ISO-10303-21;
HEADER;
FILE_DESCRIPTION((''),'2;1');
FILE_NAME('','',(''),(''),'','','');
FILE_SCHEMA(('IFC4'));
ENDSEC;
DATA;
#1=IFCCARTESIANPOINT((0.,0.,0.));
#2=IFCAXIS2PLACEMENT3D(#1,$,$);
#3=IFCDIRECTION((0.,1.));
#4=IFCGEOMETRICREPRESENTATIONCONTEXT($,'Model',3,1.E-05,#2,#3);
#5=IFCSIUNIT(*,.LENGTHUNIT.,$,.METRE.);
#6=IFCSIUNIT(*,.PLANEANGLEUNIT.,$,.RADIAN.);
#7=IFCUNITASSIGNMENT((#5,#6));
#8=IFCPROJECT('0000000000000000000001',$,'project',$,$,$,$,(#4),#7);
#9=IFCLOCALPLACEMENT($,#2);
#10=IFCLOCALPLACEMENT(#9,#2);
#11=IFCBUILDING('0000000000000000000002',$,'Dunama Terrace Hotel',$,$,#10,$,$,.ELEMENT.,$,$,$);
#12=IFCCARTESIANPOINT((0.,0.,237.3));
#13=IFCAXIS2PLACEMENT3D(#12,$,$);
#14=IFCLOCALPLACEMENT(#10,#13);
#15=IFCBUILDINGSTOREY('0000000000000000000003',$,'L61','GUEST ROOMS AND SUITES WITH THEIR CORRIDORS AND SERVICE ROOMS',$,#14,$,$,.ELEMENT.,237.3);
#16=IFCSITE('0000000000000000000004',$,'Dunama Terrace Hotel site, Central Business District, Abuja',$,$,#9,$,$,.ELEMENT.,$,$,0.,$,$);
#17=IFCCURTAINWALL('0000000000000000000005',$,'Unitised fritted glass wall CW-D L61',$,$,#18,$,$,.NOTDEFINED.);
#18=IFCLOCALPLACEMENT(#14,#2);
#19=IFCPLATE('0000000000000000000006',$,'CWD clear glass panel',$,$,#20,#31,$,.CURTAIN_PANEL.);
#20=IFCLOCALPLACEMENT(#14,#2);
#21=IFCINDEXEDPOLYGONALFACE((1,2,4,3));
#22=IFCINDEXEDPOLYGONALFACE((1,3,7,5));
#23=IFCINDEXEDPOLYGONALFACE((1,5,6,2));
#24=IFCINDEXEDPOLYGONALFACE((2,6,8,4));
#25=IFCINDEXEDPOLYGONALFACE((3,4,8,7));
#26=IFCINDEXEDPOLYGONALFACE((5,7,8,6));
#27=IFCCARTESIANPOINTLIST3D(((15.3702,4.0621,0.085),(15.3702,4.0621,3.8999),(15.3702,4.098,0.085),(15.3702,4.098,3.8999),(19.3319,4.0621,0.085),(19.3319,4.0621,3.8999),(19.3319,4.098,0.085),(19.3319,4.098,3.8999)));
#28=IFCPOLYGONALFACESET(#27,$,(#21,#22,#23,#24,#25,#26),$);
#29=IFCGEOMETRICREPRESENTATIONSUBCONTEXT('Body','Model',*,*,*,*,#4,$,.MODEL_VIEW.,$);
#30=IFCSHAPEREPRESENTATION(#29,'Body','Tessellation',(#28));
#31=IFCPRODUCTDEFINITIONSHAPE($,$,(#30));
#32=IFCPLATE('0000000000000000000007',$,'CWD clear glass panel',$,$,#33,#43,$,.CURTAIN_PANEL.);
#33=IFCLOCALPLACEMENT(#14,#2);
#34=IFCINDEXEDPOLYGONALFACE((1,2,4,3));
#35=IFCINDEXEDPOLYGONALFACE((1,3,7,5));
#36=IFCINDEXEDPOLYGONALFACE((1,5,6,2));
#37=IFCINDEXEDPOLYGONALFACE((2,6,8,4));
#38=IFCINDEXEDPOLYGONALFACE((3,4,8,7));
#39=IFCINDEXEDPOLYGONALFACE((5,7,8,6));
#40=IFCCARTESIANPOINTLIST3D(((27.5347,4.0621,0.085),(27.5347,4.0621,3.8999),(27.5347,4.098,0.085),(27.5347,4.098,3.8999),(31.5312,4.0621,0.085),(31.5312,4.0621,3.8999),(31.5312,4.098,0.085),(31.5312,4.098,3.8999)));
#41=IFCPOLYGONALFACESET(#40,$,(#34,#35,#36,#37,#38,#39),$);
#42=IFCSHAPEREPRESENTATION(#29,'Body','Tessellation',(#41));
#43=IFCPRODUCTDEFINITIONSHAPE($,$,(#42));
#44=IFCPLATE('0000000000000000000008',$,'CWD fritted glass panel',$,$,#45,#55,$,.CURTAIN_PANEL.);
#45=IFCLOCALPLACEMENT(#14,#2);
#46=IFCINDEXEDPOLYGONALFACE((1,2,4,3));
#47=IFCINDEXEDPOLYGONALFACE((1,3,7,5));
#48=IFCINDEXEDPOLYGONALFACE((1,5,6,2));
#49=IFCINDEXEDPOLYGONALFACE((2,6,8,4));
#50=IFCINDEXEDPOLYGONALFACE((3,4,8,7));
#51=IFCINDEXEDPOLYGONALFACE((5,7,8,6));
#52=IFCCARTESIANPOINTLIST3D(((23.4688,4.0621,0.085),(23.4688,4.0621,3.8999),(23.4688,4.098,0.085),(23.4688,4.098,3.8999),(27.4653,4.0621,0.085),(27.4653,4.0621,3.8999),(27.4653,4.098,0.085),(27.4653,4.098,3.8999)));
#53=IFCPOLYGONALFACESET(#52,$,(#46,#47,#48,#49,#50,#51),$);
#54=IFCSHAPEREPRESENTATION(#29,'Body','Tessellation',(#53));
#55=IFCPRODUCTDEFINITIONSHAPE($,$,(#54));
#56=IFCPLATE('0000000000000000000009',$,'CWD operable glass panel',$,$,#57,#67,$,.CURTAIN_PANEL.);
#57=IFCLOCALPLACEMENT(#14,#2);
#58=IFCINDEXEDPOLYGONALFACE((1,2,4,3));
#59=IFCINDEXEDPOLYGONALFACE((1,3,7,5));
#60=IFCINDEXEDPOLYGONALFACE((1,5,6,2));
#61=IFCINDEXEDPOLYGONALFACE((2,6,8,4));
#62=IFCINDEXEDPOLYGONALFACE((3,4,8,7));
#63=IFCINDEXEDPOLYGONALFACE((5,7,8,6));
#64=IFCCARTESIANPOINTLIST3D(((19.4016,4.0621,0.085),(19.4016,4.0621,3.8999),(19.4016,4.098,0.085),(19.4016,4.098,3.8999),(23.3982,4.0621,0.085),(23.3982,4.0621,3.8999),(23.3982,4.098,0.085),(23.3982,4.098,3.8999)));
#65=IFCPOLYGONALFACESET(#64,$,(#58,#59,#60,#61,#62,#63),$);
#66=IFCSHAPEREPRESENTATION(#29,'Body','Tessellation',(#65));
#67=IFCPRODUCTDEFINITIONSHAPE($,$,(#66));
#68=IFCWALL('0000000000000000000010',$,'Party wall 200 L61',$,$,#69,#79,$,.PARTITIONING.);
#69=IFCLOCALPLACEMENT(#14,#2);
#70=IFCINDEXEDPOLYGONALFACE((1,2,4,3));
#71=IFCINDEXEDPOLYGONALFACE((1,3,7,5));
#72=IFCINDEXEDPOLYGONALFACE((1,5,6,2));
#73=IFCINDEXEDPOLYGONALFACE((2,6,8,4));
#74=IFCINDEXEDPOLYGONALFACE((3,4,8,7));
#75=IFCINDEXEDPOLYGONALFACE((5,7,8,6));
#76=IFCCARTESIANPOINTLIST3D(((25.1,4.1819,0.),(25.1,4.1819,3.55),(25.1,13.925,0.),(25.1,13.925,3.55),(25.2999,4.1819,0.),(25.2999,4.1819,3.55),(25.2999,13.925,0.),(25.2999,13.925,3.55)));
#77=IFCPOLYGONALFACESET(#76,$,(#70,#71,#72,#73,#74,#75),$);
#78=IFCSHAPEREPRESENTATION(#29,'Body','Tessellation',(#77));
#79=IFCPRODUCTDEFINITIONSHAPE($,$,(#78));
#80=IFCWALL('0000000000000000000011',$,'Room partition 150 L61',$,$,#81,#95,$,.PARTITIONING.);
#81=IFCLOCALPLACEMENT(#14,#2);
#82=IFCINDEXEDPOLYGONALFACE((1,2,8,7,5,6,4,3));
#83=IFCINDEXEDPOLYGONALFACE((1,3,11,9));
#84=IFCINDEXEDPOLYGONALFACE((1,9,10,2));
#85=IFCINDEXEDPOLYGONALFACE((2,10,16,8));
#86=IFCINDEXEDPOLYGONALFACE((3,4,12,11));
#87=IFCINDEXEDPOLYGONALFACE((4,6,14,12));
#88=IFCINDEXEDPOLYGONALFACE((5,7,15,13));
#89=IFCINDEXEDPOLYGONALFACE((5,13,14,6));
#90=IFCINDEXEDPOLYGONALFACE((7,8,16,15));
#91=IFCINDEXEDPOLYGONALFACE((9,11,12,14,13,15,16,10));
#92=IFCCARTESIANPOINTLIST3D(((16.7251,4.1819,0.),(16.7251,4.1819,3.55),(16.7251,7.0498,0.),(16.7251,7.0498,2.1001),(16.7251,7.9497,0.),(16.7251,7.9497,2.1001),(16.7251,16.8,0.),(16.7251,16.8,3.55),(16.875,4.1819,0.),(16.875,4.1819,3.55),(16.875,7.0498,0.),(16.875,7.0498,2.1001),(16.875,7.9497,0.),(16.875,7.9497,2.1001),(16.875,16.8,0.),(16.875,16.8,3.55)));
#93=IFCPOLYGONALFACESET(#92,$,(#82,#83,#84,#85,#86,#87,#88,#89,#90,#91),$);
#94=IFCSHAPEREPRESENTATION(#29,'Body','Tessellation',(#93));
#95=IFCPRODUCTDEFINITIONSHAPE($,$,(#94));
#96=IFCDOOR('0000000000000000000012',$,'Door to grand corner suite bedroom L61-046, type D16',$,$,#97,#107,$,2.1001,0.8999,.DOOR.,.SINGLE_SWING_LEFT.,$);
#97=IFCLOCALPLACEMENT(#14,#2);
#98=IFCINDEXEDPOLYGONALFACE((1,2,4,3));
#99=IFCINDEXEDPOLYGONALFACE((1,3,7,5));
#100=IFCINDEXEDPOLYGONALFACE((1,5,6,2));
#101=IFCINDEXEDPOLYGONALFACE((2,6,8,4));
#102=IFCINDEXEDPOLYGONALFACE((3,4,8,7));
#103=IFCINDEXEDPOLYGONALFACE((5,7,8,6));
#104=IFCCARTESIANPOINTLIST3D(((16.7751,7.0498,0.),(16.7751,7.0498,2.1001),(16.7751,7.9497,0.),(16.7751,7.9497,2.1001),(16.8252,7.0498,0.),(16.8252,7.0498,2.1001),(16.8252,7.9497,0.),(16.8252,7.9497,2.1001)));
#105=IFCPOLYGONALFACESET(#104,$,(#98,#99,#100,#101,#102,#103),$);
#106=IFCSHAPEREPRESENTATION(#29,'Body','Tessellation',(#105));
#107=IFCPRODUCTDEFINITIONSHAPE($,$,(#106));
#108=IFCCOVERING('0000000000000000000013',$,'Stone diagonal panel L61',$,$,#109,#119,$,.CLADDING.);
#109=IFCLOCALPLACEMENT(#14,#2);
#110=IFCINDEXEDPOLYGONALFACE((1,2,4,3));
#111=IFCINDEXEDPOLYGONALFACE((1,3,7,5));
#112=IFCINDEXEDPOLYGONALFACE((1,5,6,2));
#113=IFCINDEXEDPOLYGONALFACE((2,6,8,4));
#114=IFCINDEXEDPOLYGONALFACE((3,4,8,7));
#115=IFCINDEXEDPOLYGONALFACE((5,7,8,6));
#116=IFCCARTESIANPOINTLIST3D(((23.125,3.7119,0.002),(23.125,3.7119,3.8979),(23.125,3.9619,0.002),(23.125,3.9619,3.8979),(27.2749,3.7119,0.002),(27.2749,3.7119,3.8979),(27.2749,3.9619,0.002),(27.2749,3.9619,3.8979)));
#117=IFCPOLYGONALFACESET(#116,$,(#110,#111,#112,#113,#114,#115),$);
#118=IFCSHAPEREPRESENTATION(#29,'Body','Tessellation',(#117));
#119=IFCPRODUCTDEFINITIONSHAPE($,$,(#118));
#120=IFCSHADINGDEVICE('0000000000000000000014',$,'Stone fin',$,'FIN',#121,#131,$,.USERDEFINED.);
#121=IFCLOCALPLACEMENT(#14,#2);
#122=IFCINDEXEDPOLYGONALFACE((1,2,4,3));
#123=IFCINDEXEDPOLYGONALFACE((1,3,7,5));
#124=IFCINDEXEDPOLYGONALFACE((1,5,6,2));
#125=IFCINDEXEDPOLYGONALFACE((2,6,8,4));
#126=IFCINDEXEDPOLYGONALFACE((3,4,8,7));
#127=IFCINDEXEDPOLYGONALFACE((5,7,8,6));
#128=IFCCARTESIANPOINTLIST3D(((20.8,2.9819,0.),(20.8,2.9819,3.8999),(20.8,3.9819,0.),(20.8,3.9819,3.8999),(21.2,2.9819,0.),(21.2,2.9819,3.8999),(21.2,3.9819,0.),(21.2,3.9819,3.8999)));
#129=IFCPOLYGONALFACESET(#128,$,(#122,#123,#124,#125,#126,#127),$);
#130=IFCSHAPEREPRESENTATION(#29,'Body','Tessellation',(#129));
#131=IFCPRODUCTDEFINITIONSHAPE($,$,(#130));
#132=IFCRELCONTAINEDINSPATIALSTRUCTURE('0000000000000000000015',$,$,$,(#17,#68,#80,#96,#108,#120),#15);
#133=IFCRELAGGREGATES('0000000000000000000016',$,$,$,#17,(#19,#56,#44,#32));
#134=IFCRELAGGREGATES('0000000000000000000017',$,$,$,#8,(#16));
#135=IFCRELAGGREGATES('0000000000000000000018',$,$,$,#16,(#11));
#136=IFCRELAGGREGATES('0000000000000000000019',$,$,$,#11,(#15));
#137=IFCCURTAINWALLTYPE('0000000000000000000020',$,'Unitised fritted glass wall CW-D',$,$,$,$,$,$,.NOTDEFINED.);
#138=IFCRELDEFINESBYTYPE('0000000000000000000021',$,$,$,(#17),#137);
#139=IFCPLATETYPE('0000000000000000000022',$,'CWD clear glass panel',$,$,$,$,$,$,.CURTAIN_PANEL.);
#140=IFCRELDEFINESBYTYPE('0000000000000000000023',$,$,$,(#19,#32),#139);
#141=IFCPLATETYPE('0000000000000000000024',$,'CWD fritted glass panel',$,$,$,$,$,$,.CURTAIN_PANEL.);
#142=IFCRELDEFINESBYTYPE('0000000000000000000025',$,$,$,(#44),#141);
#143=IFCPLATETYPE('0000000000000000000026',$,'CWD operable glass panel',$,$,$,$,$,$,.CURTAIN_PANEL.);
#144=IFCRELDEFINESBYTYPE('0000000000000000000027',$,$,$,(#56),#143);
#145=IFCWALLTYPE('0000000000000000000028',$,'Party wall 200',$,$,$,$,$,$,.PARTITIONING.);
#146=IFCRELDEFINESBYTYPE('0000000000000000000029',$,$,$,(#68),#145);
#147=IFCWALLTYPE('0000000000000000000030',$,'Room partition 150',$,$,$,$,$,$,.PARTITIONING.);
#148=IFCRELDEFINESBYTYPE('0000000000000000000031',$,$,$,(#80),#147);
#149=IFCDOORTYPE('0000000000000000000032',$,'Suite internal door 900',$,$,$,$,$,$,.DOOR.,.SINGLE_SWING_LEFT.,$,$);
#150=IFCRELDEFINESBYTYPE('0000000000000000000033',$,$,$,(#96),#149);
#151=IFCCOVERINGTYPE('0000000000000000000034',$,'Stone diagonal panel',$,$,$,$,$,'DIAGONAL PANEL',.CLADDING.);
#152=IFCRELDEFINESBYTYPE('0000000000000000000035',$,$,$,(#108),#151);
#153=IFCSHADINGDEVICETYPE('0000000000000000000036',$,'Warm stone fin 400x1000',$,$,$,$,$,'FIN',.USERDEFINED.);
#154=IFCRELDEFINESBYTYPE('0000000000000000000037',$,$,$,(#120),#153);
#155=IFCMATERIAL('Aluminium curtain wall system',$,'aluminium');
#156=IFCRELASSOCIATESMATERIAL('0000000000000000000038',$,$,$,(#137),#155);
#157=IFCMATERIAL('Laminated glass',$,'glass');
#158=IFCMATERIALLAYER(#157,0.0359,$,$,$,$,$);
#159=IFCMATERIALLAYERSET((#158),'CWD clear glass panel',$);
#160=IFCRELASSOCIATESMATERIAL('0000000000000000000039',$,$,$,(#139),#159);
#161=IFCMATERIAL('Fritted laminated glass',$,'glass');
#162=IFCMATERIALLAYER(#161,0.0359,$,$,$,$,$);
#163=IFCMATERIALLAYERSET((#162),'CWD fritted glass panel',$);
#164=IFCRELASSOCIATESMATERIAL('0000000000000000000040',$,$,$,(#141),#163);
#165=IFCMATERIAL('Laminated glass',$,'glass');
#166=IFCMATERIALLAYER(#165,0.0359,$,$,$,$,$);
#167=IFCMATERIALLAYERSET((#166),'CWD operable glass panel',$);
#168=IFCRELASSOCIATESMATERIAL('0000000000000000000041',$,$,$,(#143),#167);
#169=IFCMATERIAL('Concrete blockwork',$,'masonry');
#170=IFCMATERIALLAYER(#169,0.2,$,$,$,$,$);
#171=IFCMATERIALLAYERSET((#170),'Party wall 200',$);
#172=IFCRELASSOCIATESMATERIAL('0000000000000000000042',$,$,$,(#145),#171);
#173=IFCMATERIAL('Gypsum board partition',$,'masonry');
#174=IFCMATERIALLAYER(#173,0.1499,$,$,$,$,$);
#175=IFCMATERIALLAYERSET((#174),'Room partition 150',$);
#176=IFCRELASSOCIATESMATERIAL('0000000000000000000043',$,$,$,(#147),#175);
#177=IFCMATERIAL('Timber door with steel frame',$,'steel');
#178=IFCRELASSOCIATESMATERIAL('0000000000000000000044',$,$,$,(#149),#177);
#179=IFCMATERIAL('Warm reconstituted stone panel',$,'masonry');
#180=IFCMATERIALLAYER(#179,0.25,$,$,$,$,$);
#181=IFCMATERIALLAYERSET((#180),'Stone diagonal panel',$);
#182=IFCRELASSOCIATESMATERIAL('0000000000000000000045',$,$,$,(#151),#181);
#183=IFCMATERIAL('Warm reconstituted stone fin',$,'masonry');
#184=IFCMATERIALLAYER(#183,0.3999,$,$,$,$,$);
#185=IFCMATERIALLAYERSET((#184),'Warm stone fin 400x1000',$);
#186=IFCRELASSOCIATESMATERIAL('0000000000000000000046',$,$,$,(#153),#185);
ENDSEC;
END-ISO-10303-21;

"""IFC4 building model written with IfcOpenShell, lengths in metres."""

from ifc_helpers import new_model, si_unit, direction, frame, frame_2d, origin, origin_2d, place, context, subcontext, project, spatial, rectangle, extrude, material, layer, layer_set, type_object, element, fill, aggregate, save


model = new_model("IFC4")

# Units and contexts
model_context = context("Model", 3, precision=1e-05, world=origin(), true_north=direction((0.0, 1.0)))
body_context = subcontext(model_context, "Body", "Model", "MODEL_VIEW")
ifc_project = project(units=[si_unit("LENGTHUNIT", "METRE"), si_unit("PLANEANGLEUNIT", "RADIAN")], contexts=[model_context])

# Site, building, storey
site_placement = place(None, origin())
site = spatial("IfcSite", under=ifc_project, at=site_placement, Name="Dunama Terrace Hotel site, Central Business District, Abuja", CompositionType="ELEMENT", RefElevation=0.0)
building_placement = place(site_placement, origin())
building = spatial("IfcBuilding", under=site, at=building_placement, Name="Dunama Terrace Hotel", CompositionType="ELEMENT")
storey_placement = place(building_placement, frame((0.0, 0.0, 237.3)))
storey = spatial("IfcBuildingStorey", under=building, at=storey_placement, Name="L61", Description="GUEST ROOMS AND SUITES WITH THEIR CORRIDORS AND SERVICE ROOMS", CompositionType="ELEMENT", Elevation=237.3)

# Curtain wall
ifc_material_1 = material(Name="Aluminium curtain wall system", Category="aluminium")
curtain_wall_type = type_object("IfcCurtainWallType", Name="Unitised fritted glass wall CW-D", PredefinedType="NOTDEFINED", material=ifc_material_1)
curtain_wall_placement = place(storey_placement, origin())
curtain_wall = element("IfcCurtainWall", 1, at=curtain_wall_placement, inside=storey, type_object=curtain_wall_type, Name="Unitised fritted glass wall CW-D L61", PredefinedType="NOTDEFINED")

# Plates
ifc_material_2 = material(Name="Laminated glass", Category="glass")
ifc_layer_1 = layer(ifc_material_2, 0.0359)
ifc_layer_set_1 = layer_set([ifc_layer_1], Name="CWD clear glass panel")
plate_type_1 = type_object("IfcPlateType", Name="CWD clear glass panel", PredefinedType="CURTAIN_PANEL", material=ifc_layer_set_1)
plate_1_placement = place(storey_placement, frame((17.3511, 4.0801, 0.085), z_axis=(0.0, 0.0, 1.0), x_axis=(1.0, 0.0, 0.0)))
plate_1 = element("IfcPlate", 2, at=plate_1_placement, type_object=plate_type_1, Name="CWD clear glass panel", PredefinedType="CURTAIN_PANEL", context=body_context, shape_type="SweptSolid", body=[
    extrude(rectangle(XDim=3.9617, YDim=0.0359, at=origin_2d()), origin(), (0.0, 0.0, 1.0), 3.8149),
])
plate_2_placement = place(storey_placement, frame((29.533, 4.0801, 0.085), z_axis=(0.0, 0.0, 1.0), x_axis=(1.0, 0.0, 0.0)))
plate_2 = element("IfcPlate", 3, at=plate_2_placement, type_object=plate_type_1, Name="CWD clear glass panel", PredefinedType="CURTAIN_PANEL", context=body_context, shape_type="SweptSolid", body=[
    extrude(rectangle(XDim=3.9966, YDim=0.0359, at=origin_2d()), origin(), (0.0, 0.0, 1.0), 3.8149),
])
ifc_material_3 = material(Name="Fritted laminated glass", Category="glass")
ifc_layer_2 = layer(ifc_material_3, 0.0359)
ifc_layer_set_2 = layer_set([ifc_layer_2], Name="CWD fritted glass panel")
plate_type_2 = type_object("IfcPlateType", Name="CWD fritted glass panel", PredefinedType="CURTAIN_PANEL", material=ifc_layer_set_2)
plate_3_placement = place(storey_placement, frame((25.467, 4.0801, 0.085), z_axis=(0.0, 0.0, 1.0), x_axis=(1.0, 0.0, 0.0)))
plate_3 = element("IfcPlate", 4, at=plate_3_placement, type_object=plate_type_2, Name="CWD fritted glass panel", PredefinedType="CURTAIN_PANEL", context=body_context, shape_type="SweptSolid", body=[
    extrude(rectangle(XDim=3.9966, YDim=0.0359, at=origin_2d()), origin(), (0.0, 0.0, 1.0), 3.8149),
])
ifc_material_4 = material(Name="Laminated glass", Category="glass")
ifc_layer_3 = layer(ifc_material_4, 0.0359)
ifc_layer_set_3 = layer_set([ifc_layer_3], Name="CWD operable glass panel")
plate_type_3 = type_object("IfcPlateType", Name="CWD operable glass panel", PredefinedType="CURTAIN_PANEL", material=ifc_layer_set_3)
plate_4_placement = place(storey_placement, frame((21.3999, 4.0801, 0.085), z_axis=(0.0, 0.0, 1.0), x_axis=(1.0, 0.0, 0.0)))
plate_4 = element("IfcPlate", 5, at=plate_4_placement, type_object=plate_type_3, Name="CWD operable glass panel", PredefinedType="CURTAIN_PANEL", context=body_context, shape_type="SweptSolid", body=[
    extrude(rectangle(XDim=3.9966, YDim=0.0359, at=origin_2d()), origin(), (0.0, 0.0, 1.0), 3.8149),
])
aggregate(curtain_wall, [plate_1, plate_4, plate_3, plate_2])

# Wall
ifc_material_5 = material(Name="Concrete blockwork", Category="masonry")
ifc_layer_4 = layer(ifc_material_5, 0.2)
ifc_layer_set_4 = layer_set([ifc_layer_4], Name="Party wall 200")
wall_type_1 = type_object("IfcWallType", Name="Party wall 200", PredefinedType="PARTITIONING", material=ifc_layer_set_4)
wall_1_placement = place(storey_placement, frame((25.2, 4.1819, 0.0), z_axis=(0.0, 0.0, 1.0), x_axis=(0.0, 1.0, 0.0)))
element("IfcWall", 6, at=wall_1_placement, inside=storey, type_object=wall_type_1, Name="Party wall 200 L61", PredefinedType="PARTITIONING", context=body_context, shape_type="SweptSolid", body=[
    extrude(rectangle(XDim=9.7432, YDim=0.2, at=frame_2d((4.8716, 0.0))), origin(), (0.0, 0.0, 1.0), 3.55),
])

# Wall, opening, door
ifc_material_6 = material(Name="Gypsum board partition", Category="masonry")
ifc_layer_5 = layer(ifc_material_6, 0.1499)
ifc_layer_set_5 = layer_set([ifc_layer_5], Name="Room partition 150")
wall_type_2 = type_object("IfcWallType", Name="Room partition 150", PredefinedType="PARTITIONING", material=ifc_layer_set_5)
wall_2_placement = place(storey_placement, frame((16.8, 4.1819, 0.0), z_axis=(0.0, 0.0, 1.0), x_axis=(0.0, 1.0, 0.0)))
wall_2 = element("IfcWall", 7, at=wall_2_placement, inside=storey, type_object=wall_type_2, Name="Room partition 150 L61", PredefinedType="PARTITIONING", context=body_context, shape_type="SweptSolid", body=[
    extrude(rectangle(XDim=12.6182, YDim=0.1499, at=frame_2d((6.3091, 0.0))), origin(), (0.0, 0.0, 1.0), 3.55),
])
opening_placement = place(wall_2_placement, frame((2.8679, 0.0, 0.0)))
opening = element("IfcOpeningElement", 8, at=opening_placement, cuts=wall_2, PredefinedType="OPENING", context=body_context, shape_type="SweptSolid", body=[
    extrude(rectangle(XDim=0.8999, YDim=2.1001, at=frame_2d((0.45, 1.05))), frame((0.0, 0.085, 0.0), z_axis=(0.0, -1.0, 0.0), x_axis=(1.0, 0.0, 0.0)), (0.0, 0.0, 1.0), 0.1699),
])
ifc_material_7 = material(Name="Timber door with steel frame", Category="steel")
door_type = type_object("IfcDoorType", Name="Suite internal door 900", OperationType="SINGLE_SWING_LEFT", PredefinedType="DOOR", material=ifc_material_7)
door_placement = place(opening_placement, origin())
door = element("IfcDoor", 9, at=door_placement, inside=storey, type_object=door_type, Name="Door to grand corner suite bedroom L61-046, type D16", OperationType="SINGLE_SWING_LEFT", OverallHeight=2.1001, OverallWidth=0.8999, PredefinedType="DOOR", context=body_context, shape_type="SweptSolid", body=[
    extrude(rectangle(XDim=0.8999, YDim=2.1001, at=frame_2d((0.45, 1.05))), frame((0.0, 0.0249, 0.0), z_axis=(0.0, -1.0, 0.0), x_axis=(1.0, 0.0, 0.0)), (0.0, 0.0, 1.0), 0.05),
])
fill(opening, door)

# Covering
ifc_material_8 = material(Name="Warm reconstituted stone panel", Category="masonry")
ifc_layer_6 = layer(ifc_material_8, 0.25)
ifc_layer_set_6 = layer_set([ifc_layer_6], Name="Stone diagonal panel")
covering_type = type_object("IfcCoveringType", Name="Stone diagonal panel", ElementType="DIAGONAL PANEL", PredefinedType="CLADDING", material=ifc_layer_set_6)
covering_placement = place(storey_placement, frame((25.2, 3.8369, 0.002), z_axis=(0.0, 0.0, 1.0), x_axis=(1.0, 0.0, 0.0)))
element("IfcCovering", 10, at=covering_placement, inside=storey, type_object=covering_type, Name="Stone diagonal panel L61", PredefinedType="CLADDING", context=body_context, shape_type="SweptSolid", body=[
    extrude(rectangle(XDim=4.1499, YDim=0.25, at=origin_2d()), origin(), (0.0, 0.0, 1.0), 3.896),
])

# Shading device
ifc_material_9 = material(Name="Warm reconstituted stone fin", Category="masonry")
ifc_layer_7 = layer(ifc_material_9, 0.3999)
ifc_layer_set_7 = layer_set([ifc_layer_7], Name="Warm stone fin 400x1000")
shading_device_type = type_object("IfcShadingDeviceType", Name="Warm stone fin 400x1000", ElementType="FIN", PredefinedType="USERDEFINED", material=ifc_layer_set_7)
shading_device_placement = place(storey_placement, frame((21.0, 3.4819, 0.0), z_axis=(0.0, 0.0, 1.0), x_axis=(1.0, 0.0, 0.0)))
element("IfcShadingDevice", 11, at=shading_device_placement, inside=storey, type_object=shading_device_type, Name="Stone fin", ObjectType="FIN", PredefinedType="USERDEFINED", context=body_context, shape_type="SweptSolid", body=[
    extrude(rectangle(XDim=0.3999, YDim=1.0, at=origin_2d()), origin(), (0.0, 0.0, 1.0), 3.8999),
])

save(model, "model.ifc")
